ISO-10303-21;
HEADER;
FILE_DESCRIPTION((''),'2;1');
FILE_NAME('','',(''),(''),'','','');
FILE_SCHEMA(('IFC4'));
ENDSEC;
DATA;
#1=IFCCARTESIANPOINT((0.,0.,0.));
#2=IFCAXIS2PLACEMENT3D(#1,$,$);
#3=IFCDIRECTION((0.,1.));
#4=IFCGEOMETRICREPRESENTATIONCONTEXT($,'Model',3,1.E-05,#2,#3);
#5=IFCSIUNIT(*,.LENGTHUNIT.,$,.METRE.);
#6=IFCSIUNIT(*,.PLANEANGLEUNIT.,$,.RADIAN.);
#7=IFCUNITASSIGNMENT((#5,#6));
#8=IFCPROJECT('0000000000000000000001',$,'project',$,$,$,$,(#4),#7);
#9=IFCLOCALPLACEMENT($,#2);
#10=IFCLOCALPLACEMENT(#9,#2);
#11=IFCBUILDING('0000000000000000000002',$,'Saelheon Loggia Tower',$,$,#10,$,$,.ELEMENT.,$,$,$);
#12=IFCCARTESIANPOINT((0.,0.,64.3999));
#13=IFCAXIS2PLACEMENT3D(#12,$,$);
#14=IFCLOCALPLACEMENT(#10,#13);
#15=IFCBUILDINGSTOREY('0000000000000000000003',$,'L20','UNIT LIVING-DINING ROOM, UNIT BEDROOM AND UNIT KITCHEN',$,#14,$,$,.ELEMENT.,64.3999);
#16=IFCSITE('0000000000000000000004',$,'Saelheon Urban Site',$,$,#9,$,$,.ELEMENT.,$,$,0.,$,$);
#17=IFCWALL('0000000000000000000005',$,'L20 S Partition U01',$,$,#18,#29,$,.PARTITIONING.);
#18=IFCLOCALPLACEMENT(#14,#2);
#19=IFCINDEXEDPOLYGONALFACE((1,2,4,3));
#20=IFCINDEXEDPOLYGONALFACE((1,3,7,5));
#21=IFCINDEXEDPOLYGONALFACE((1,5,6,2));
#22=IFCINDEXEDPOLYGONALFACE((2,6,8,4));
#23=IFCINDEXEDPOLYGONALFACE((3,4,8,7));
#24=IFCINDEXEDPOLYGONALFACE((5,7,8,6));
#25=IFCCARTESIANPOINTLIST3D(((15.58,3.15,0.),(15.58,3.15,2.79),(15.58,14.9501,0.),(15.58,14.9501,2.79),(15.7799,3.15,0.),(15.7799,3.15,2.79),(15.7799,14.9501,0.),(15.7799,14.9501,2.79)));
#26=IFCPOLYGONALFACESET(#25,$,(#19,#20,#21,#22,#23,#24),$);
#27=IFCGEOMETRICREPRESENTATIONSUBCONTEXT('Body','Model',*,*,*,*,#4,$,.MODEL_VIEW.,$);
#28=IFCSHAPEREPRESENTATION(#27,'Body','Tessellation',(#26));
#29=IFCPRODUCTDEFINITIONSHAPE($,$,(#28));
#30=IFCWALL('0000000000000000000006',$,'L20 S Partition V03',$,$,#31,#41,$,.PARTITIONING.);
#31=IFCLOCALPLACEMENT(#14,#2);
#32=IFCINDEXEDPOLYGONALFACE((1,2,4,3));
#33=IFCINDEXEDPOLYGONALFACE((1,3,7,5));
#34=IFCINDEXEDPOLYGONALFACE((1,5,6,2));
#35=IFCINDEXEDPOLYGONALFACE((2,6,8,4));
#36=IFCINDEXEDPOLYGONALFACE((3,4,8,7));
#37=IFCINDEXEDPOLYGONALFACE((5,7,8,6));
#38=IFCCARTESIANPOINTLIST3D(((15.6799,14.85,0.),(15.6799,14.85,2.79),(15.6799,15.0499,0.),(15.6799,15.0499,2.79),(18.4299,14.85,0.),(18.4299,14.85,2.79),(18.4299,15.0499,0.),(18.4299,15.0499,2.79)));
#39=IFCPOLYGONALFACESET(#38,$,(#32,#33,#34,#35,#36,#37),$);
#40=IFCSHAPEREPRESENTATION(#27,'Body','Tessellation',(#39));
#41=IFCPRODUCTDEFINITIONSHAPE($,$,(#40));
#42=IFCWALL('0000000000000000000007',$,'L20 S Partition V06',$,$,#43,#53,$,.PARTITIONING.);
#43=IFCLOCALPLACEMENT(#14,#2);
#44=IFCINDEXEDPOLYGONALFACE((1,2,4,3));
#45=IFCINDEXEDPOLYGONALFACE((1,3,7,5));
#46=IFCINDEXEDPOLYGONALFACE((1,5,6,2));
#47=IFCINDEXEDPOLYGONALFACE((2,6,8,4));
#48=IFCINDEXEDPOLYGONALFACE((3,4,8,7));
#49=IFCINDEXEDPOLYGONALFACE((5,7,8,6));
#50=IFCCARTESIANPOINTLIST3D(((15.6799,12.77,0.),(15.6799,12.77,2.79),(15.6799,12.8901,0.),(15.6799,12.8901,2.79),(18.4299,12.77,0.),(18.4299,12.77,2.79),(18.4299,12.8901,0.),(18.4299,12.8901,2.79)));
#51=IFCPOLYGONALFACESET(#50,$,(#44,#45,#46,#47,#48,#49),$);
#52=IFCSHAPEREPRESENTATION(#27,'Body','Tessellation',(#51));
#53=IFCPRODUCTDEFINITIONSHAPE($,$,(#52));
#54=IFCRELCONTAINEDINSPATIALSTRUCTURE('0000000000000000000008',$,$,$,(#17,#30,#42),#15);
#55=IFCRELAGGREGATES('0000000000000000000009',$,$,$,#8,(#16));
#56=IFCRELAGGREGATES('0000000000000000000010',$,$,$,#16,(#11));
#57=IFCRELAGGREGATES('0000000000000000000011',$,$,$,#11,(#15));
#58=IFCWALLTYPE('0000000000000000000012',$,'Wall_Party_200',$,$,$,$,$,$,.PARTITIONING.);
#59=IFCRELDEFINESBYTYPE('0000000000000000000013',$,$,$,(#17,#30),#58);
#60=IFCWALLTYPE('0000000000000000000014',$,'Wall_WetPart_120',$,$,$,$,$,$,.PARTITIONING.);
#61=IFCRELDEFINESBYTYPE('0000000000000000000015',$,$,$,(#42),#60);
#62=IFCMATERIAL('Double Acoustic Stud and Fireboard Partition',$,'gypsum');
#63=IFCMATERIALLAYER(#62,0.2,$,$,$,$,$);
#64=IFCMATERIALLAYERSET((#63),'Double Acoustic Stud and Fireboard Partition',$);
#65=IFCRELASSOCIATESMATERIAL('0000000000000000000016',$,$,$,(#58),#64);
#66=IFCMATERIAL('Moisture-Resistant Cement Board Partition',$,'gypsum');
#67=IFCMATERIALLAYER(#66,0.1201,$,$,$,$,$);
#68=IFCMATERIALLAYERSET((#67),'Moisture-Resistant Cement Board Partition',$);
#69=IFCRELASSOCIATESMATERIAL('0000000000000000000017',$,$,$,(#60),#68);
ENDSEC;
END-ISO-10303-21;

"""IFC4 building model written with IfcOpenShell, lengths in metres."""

from ifc_helpers import new_model, si_unit, direction, frame, frame_2d, origin, place, context, subcontext, project, spatial, rectangle, extrude, material, layer, layer_set, type_object, element, save


model = new_model("IFC4")

# Units and contexts
model_context = context("Model", 3, precision=1e-05, world=origin(), true_north=direction((0.0, 1.0)))
body_context = subcontext(model_context, "Body", "Model", "MODEL_VIEW")
ifc_project = project(units=[si_unit("LENGTHUNIT", "METRE"), si_unit("PLANEANGLEUNIT", "RADIAN")], contexts=[model_context])

# Site, building, storey
site_placement = place(None, origin())
site = spatial("IfcSite", under=ifc_project, at=site_placement, Name="Saelheon Urban Site", CompositionType="ELEMENT", RefElevation=0.0)
building_placement = place(site_placement, origin())
building = spatial("IfcBuilding", under=site, at=building_placement, Name="Saelheon Loggia Tower", CompositionType="ELEMENT")
storey_placement = place(building_placement, frame((0.0, 0.0, 64.3999)))
storey = spatial("IfcBuildingStorey", under=building, at=storey_placement, Name="L20", Description="UNIT LIVING-DINING ROOM, UNIT BEDROOM AND UNIT KITCHEN", CompositionType="ELEMENT", Elevation=64.3999)

# Walls
ifc_material_1 = material(Name="Double Acoustic Stud and Fireboard Partition", Category="gypsum")
ifc_layer_1 = layer(ifc_material_1, 0.2)
ifc_layer_set_1 = layer_set([ifc_layer_1], Name="Double Acoustic Stud and Fireboard Partition")
wall_type_1 = type_object("IfcWallType", Name="Wall_Party_200", PredefinedType="PARTITIONING", material=ifc_layer_set_1)
wall_1_placement = place(storey_placement, frame((15.6799, 14.95, 0.0), z_axis=(0.0, 0.0, 1.0), x_axis=(0.0, -1.0, 0.0)))
element("IfcWall", 1, at=wall_1_placement, inside=storey, type_object=wall_type_1, Name="L20 S Partition U01", PredefinedType="PARTITIONING", context=body_context, shape_type="SweptSolid", body=[
    extrude(rectangle(XDim=11.8, YDim=0.2, at=frame_2d((5.8999, 0.0))), origin(), (0.0, 0.0, 1.0), 2.79),
])
wall_2_placement = place(storey_placement, frame((15.6799, 14.95, 0.0), z_axis=(0.0, 0.0, 1.0), x_axis=(1.0, 0.0, 0.0)))
element("IfcWall", 2, at=wall_2_placement, inside=storey, type_object=wall_type_1, Name="L20 S Partition V03", PredefinedType="PARTITIONING", context=body_context, shape_type="SweptSolid", body=[
    extrude(rectangle(XDim=2.75, YDim=0.2, at=frame_2d((1.375, 0.0))), origin(), (0.0, 0.0, 1.0), 2.79),
])
ifc_material_2 = material(Name="Moisture-Resistant Cement Board Partition", Category="gypsum")
ifc_layer_2 = layer(ifc_material_2, 0.1201)
ifc_layer_set_2 = layer_set([ifc_layer_2], Name="Moisture-Resistant Cement Board Partition")
wall_type_2 = type_object("IfcWallType", Name="Wall_WetPart_120", PredefinedType="PARTITIONING", material=ifc_layer_set_2)
wall_3_placement = place(storey_placement, frame((15.6799, 12.8301, 0.0), z_axis=(0.0, 0.0, 1.0), x_axis=(1.0, 0.0, 0.0)))
element("IfcWall", 3, at=wall_3_placement, inside=storey, type_object=wall_type_2, Name="L20 S Partition V06", PredefinedType="PARTITIONING", context=body_context, shape_type="SweptSolid", body=[
    extrude(rectangle(XDim=2.75, YDim=0.1201, at=frame_2d((1.375, 0.0))), origin(), (0.0, 0.0, 1.0), 2.79),
])

save(model, "model.ifc")
